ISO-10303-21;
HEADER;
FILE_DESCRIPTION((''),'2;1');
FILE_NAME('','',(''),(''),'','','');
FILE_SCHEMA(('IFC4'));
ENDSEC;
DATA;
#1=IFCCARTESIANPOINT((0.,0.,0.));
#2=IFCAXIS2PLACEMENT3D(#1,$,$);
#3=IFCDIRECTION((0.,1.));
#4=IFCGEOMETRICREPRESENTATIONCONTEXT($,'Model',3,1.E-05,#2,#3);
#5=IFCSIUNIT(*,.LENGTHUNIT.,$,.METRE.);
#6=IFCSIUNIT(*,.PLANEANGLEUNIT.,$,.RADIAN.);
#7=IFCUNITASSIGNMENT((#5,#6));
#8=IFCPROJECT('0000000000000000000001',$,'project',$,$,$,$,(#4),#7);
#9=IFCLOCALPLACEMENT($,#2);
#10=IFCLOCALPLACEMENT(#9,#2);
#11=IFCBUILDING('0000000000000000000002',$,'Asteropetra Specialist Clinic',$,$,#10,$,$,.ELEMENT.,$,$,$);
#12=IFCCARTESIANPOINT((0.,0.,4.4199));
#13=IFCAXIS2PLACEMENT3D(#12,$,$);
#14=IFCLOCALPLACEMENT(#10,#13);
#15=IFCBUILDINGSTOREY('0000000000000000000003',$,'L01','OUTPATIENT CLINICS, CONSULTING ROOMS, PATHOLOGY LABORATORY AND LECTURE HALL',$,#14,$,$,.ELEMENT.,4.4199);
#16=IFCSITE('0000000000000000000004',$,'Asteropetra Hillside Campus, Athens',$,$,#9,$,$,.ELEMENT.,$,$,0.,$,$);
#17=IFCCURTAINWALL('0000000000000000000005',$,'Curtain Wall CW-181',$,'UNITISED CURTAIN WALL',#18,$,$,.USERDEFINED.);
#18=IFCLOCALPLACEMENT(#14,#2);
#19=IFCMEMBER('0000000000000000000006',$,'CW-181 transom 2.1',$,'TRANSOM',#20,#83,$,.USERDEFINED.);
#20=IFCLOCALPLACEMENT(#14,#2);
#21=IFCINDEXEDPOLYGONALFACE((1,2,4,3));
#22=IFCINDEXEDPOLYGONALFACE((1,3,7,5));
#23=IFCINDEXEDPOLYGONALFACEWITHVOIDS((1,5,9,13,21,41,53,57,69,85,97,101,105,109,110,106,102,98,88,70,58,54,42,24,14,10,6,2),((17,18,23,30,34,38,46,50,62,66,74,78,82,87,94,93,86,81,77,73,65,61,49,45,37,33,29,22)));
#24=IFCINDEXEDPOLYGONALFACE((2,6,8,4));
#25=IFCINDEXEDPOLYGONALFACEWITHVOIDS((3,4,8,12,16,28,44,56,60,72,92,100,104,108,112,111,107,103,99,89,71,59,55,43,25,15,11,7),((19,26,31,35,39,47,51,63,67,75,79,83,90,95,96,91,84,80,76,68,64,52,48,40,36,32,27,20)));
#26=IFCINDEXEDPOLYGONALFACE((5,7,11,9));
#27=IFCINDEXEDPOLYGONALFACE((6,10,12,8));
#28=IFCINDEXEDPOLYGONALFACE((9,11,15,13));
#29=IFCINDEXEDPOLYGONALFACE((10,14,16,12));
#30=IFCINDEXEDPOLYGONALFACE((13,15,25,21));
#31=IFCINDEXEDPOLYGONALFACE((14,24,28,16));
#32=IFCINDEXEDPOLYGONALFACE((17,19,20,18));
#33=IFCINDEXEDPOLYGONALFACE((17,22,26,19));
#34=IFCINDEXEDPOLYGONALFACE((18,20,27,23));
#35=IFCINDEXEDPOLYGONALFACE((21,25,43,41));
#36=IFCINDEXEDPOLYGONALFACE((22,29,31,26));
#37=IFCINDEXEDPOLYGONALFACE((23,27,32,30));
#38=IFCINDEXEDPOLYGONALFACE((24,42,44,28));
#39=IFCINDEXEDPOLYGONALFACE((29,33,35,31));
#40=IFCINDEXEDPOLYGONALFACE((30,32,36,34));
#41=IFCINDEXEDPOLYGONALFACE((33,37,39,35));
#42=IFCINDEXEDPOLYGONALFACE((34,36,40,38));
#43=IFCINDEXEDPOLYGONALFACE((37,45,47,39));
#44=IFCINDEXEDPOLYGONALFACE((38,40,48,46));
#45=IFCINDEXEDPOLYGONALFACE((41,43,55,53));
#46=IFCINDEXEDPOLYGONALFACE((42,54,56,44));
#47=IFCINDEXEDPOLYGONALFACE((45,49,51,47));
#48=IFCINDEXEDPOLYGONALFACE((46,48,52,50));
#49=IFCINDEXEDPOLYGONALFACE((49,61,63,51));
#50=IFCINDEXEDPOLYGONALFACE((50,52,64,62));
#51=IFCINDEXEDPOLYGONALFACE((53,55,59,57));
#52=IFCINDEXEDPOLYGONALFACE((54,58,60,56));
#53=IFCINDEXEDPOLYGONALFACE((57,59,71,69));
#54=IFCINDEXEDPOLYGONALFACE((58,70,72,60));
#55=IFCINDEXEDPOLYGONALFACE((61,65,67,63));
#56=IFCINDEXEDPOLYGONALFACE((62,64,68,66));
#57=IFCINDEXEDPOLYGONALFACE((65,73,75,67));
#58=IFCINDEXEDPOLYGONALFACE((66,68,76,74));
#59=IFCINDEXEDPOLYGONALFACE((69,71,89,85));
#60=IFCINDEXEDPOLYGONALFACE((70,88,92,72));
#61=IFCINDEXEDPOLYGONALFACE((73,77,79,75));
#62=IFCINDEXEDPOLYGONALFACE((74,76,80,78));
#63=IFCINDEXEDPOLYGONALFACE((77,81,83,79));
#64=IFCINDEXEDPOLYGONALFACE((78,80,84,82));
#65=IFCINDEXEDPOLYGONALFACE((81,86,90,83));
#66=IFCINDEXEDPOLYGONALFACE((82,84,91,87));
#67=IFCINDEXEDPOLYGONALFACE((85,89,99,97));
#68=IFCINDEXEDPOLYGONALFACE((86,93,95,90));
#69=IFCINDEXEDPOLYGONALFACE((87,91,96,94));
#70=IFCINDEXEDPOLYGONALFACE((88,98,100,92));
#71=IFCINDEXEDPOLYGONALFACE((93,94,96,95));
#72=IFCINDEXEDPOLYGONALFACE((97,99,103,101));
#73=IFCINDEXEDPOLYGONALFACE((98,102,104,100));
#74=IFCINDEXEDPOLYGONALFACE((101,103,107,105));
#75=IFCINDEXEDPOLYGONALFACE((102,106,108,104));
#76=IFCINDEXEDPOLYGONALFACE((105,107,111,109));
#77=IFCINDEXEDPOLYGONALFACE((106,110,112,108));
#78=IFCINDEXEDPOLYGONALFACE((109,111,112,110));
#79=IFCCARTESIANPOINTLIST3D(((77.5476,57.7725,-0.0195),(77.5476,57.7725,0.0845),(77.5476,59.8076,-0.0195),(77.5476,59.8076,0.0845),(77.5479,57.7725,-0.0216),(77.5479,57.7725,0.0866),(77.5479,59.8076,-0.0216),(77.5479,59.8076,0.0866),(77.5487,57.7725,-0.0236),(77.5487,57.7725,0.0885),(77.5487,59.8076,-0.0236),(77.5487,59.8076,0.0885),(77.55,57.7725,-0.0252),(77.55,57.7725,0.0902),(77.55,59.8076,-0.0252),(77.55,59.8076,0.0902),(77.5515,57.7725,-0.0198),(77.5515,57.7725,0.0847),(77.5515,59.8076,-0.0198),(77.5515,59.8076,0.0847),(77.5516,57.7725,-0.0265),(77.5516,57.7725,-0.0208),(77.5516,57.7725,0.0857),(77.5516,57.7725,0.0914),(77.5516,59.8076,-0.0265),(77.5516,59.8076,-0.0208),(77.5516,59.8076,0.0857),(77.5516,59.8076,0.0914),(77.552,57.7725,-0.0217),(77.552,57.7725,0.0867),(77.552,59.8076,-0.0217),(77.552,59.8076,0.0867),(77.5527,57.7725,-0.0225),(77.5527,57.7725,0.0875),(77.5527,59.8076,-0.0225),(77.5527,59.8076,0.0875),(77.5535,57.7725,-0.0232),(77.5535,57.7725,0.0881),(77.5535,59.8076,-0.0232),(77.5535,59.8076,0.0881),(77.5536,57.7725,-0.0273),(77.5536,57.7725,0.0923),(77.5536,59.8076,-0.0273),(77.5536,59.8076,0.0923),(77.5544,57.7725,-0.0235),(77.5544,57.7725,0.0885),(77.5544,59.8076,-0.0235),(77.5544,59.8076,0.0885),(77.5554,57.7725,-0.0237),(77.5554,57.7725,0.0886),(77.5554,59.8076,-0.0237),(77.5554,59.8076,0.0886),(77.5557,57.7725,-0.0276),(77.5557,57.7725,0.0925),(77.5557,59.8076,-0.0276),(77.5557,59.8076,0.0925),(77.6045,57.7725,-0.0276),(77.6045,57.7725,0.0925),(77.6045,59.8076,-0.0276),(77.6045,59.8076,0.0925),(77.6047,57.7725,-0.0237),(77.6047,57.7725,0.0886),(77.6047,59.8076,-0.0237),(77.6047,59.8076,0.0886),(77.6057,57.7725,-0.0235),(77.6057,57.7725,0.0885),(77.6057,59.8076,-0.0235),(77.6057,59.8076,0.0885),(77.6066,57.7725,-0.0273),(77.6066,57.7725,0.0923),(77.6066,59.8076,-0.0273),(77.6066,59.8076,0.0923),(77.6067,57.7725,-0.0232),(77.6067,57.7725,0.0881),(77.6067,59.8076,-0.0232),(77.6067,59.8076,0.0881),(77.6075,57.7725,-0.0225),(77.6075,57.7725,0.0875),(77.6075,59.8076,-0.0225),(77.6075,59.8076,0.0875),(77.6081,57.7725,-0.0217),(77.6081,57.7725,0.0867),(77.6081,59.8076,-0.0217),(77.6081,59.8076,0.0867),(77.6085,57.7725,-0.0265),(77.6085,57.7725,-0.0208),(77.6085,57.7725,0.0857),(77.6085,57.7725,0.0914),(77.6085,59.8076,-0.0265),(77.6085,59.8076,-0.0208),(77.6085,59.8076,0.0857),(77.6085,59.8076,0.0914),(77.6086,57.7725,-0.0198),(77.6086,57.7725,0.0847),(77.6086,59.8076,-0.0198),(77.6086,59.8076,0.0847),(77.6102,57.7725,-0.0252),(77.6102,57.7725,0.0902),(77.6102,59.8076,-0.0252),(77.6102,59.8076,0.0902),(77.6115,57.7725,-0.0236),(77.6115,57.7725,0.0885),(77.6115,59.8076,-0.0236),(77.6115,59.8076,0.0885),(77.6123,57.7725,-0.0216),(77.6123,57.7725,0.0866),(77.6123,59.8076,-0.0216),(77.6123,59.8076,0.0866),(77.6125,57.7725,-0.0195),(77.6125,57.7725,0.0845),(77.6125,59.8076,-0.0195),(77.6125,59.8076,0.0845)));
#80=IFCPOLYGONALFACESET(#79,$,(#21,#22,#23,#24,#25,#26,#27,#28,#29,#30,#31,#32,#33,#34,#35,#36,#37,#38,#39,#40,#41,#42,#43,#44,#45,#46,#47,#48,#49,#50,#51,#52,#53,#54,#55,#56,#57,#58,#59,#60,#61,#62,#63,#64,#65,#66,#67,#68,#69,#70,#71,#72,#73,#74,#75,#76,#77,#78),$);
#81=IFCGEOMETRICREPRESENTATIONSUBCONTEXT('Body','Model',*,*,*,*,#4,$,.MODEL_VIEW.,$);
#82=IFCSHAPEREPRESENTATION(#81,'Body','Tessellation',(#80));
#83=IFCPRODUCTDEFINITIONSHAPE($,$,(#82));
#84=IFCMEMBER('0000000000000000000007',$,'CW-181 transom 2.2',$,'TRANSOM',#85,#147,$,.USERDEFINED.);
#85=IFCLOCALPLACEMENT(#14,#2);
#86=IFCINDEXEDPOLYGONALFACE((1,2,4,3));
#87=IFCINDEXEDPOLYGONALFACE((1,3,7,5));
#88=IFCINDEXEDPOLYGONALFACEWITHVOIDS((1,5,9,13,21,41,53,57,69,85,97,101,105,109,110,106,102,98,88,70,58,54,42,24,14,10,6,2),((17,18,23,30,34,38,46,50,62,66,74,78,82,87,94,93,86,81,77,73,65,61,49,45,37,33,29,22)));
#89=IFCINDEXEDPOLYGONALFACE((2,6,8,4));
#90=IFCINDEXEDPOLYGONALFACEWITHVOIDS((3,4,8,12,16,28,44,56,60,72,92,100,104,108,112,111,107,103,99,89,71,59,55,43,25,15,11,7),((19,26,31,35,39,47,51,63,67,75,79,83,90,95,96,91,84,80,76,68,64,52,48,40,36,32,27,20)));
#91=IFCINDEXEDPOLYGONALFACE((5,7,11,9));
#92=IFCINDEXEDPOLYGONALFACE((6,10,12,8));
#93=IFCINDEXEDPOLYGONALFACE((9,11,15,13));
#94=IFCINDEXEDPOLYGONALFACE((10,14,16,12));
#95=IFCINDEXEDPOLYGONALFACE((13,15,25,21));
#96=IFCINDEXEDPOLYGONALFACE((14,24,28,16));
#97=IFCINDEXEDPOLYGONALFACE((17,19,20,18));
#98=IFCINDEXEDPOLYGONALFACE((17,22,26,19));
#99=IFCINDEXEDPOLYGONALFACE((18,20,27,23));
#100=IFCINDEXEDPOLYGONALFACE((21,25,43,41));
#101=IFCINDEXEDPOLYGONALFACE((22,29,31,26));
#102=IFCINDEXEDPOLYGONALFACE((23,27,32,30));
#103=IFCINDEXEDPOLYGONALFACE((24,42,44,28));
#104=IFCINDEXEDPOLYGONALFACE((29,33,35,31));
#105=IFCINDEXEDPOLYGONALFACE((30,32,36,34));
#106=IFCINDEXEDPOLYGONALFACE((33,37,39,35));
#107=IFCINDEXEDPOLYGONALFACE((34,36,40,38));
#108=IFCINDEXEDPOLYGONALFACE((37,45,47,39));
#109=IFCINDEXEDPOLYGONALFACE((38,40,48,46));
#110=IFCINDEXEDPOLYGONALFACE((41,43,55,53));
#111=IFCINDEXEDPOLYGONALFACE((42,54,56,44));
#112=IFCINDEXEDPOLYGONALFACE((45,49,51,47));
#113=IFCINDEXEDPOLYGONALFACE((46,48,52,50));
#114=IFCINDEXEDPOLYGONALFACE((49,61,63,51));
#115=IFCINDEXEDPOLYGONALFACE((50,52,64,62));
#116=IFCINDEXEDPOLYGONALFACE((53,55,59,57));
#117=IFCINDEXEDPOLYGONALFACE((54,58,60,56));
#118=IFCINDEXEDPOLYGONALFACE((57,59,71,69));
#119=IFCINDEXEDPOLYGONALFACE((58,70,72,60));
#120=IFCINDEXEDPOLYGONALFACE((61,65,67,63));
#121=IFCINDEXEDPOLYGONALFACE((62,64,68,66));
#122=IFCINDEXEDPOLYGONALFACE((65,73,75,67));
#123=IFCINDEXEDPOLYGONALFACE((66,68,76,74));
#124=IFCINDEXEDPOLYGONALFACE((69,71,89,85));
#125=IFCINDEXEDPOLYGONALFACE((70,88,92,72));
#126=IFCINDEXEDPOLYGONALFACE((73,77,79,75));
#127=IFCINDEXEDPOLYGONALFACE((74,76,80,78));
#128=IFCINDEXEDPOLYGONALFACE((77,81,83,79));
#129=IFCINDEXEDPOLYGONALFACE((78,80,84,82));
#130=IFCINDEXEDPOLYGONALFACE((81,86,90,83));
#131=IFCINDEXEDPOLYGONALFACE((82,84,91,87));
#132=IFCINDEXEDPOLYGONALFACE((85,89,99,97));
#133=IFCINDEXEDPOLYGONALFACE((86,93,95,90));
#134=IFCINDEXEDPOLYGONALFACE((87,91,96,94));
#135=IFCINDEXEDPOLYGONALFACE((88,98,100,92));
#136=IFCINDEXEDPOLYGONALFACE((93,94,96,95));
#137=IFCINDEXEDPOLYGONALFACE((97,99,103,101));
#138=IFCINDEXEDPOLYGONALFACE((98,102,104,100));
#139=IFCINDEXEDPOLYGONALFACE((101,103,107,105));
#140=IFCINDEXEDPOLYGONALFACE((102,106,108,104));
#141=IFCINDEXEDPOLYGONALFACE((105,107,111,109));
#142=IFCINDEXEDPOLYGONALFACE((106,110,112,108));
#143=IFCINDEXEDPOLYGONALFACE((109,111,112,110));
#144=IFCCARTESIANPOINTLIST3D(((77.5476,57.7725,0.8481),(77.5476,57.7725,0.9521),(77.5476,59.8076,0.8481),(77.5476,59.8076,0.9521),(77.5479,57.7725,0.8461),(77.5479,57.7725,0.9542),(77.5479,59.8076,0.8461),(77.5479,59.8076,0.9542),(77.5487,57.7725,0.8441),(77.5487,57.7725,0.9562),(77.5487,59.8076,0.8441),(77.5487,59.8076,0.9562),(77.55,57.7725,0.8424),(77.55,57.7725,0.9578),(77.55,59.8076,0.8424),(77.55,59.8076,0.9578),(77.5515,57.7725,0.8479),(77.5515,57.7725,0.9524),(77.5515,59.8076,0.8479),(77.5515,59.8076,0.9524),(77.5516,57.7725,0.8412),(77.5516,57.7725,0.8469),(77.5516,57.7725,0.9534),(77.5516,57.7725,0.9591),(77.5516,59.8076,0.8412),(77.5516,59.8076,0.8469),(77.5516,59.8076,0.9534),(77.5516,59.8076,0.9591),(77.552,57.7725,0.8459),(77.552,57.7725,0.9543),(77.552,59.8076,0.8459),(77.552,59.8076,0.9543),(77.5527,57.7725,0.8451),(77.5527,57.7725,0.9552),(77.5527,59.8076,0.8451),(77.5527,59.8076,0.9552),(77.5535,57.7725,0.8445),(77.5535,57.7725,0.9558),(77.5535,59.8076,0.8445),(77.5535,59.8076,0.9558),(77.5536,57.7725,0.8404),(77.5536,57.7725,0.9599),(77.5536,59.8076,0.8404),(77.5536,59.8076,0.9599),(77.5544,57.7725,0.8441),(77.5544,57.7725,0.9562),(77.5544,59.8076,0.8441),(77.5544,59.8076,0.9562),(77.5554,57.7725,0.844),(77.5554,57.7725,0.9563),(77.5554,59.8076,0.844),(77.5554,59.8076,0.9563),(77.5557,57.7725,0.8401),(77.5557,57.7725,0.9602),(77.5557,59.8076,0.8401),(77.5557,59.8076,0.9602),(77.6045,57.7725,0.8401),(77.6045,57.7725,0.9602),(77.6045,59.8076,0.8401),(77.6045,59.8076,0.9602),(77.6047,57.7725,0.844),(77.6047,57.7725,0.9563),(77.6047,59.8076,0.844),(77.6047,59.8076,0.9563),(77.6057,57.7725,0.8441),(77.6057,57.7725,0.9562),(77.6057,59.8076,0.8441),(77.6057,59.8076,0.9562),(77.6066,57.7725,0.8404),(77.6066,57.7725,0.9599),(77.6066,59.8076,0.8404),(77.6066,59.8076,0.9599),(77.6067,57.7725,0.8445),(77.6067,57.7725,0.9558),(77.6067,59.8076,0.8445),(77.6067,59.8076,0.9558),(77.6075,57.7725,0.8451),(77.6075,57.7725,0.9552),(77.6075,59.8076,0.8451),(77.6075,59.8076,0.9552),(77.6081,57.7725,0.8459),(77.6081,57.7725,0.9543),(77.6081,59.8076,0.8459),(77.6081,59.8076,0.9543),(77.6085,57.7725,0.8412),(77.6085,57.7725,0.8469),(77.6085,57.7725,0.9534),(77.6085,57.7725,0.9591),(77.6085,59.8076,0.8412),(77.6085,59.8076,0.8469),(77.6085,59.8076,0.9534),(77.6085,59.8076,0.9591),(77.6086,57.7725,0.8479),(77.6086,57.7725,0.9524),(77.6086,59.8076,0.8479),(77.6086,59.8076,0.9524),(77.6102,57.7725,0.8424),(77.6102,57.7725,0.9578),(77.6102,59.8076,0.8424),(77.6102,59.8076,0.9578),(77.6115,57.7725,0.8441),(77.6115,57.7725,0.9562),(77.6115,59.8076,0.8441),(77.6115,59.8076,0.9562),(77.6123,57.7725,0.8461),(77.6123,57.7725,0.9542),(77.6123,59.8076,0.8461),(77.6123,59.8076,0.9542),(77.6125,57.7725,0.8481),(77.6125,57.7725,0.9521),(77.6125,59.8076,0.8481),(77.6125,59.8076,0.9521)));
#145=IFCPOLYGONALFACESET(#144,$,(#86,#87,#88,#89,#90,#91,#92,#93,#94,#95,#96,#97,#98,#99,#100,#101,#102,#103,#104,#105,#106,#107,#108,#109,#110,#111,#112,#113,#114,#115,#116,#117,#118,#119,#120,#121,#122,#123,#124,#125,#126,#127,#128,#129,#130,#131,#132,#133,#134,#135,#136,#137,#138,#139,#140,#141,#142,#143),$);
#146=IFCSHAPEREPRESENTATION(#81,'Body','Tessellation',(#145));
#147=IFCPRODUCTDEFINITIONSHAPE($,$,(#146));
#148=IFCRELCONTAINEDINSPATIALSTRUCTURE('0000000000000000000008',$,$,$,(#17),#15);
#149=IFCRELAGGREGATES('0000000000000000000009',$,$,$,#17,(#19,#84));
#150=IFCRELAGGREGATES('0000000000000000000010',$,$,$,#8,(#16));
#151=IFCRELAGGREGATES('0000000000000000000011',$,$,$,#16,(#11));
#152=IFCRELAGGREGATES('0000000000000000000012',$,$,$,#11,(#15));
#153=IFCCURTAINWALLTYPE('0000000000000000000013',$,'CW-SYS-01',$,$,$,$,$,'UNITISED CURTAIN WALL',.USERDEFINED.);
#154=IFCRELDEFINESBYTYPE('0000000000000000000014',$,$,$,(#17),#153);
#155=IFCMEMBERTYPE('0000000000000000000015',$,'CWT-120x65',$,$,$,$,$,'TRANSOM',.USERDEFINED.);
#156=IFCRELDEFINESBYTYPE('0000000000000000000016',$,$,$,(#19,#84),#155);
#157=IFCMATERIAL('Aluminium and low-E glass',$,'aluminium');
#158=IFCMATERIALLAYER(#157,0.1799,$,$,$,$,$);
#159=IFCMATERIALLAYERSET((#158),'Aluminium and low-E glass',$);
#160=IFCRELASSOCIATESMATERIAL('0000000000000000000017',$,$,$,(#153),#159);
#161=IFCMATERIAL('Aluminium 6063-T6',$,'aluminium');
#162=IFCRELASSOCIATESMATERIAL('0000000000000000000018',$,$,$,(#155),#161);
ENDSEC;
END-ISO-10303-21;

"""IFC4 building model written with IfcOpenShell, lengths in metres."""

from ifc_helpers import new_model, si_unit, direction, frame, origin, origin_2d, place, context, subcontext, project, spatial, hollow_rectangle, extrude, material, layer, layer_set, material_profile, profile_set, type_object, element, aggregate, save


model = new_model("IFC4")

# Units and contexts
model_context = context("Model", 3, precision=1e-05, world=origin(), true_north=direction((0.0, 1.0)))
body_context = subcontext(model_context, "Body", "Model", "MODEL_VIEW")
ifc_project = project(units=[si_unit("LENGTHUNIT", "METRE"), si_unit("PLANEANGLEUNIT", "RADIAN")], contexts=[model_context])

# Site, building, storey
site_placement = place(None, origin())
site = spatial("IfcSite", under=ifc_project, at=site_placement, Name="Asteropetra Hillside Campus, Athens", CompositionType="ELEMENT", RefElevation=0.0)
building_placement = place(site_placement, origin())
building = spatial("IfcBuilding", under=site, at=building_placement, Name="Asteropetra Specialist Clinic", CompositionType="ELEMENT")
storey_placement = place(building_placement, frame((0.0, 0.0, 4.4199)))
storey = spatial("IfcBuildingStorey", under=building, at=storey_placement, Name="L01", Description="OUTPATIENT CLINICS, CONSULTING ROOMS, PATHOLOGY LABORATORY AND LECTURE HALL", CompositionType="ELEMENT", Elevation=4.4199)

# Curtain wall, members
ifc_material_1 = material(Name="Aluminium and low-E glass", Category="aluminium")
ifc_layer_1 = layer(ifc_material_1, 0.1799)
ifc_layer_set_1 = layer_set([ifc_layer_1], Name="Aluminium and low-E glass")
curtain_wall_type_1 = type_object("IfcCurtainWallType", Name="CW-SYS-01", ElementType="UNITISED CURTAIN WALL", PredefinedType="USERDEFINED", material=ifc_layer_set_1)
curtain_wall_1_placement = place(storey_placement, origin())
curtain_wall_1 = element("IfcCurtainWall", 1, at=curtain_wall_1_placement, inside=storey, type_object=curtain_wall_type_1, Name="Curtain Wall CW-181", ObjectType="UNITISED CURTAIN WALL", PredefinedType="USERDEFINED")
ifc_material_2 = material(Name="Aluminium 6063-T6", Category="aluminium")
ifc_material_profile_1 = material_profile(ifc_material_2, hollow_rectangle(XDim=0.0649, YDim=0.1201, WallThickness=0.0039, InnerFilletRadius=0.0039, OuterFilletRadius=0.0081, at=origin_2d()), Name="TRN 120x65x4.0")
ifc_profile_set_1 = profile_set([ifc_material_profile_1], Name="Aluminium 6063-T6")
member_type_1 = type_object("IfcMemberType", Name="CWT-120x65", ElementType="TRANSOM", PredefinedType="USERDEFINED", material=ifc_profile_set_1)
member_1_placement = place(storey_placement, frame((77.5801, 59.8076, 0.0325), z_axis=(0.0, -1.0, 0.0), x_axis=(1.0, 0.0, 0.0)))
member_1 = element("IfcMember", 2, at=member_1_placement, type_object=member_type_1, Name="CW-181 transom 2.1", ObjectType="TRANSOM", PredefinedType="USERDEFINED", context=body_context, shape_type="SweptSolid", body=[
    extrude(hollow_rectangle(XDim=0.0649, YDim=0.1201, WallThickness=0.0039, InnerFilletRadius=0.0039, OuterFilletRadius=0.0081, at=origin_2d()), origin(), (0.0, 0.0, 1.0), 2.0352),
])
member_2_placement = place(storey_placement, frame((77.5801, 59.8076, 0.9001), z_axis=(0.0, -1.0, 0.0), x_axis=(1.0, 0.0, 0.0)))
member_2 = element("IfcMember", 3, at=member_2_placement, type_object=member_type_1, Name="CW-181 transom 2.2", ObjectType="TRANSOM", PredefinedType="USERDEFINED", context=body_context, shape_type="SweptSolid", body=[
    extrude(hollow_rectangle(XDim=0.0649, YDim=0.1201, WallThickness=0.0039, InnerFilletRadius=0.0039, OuterFilletRadius=0.0081, at=origin_2d()), origin(), (0.0, 0.0, 1.0), 2.0352),
])

aggregate(curtain_wall_1, [member_1, member_2])

save(model, "model.ifc")
